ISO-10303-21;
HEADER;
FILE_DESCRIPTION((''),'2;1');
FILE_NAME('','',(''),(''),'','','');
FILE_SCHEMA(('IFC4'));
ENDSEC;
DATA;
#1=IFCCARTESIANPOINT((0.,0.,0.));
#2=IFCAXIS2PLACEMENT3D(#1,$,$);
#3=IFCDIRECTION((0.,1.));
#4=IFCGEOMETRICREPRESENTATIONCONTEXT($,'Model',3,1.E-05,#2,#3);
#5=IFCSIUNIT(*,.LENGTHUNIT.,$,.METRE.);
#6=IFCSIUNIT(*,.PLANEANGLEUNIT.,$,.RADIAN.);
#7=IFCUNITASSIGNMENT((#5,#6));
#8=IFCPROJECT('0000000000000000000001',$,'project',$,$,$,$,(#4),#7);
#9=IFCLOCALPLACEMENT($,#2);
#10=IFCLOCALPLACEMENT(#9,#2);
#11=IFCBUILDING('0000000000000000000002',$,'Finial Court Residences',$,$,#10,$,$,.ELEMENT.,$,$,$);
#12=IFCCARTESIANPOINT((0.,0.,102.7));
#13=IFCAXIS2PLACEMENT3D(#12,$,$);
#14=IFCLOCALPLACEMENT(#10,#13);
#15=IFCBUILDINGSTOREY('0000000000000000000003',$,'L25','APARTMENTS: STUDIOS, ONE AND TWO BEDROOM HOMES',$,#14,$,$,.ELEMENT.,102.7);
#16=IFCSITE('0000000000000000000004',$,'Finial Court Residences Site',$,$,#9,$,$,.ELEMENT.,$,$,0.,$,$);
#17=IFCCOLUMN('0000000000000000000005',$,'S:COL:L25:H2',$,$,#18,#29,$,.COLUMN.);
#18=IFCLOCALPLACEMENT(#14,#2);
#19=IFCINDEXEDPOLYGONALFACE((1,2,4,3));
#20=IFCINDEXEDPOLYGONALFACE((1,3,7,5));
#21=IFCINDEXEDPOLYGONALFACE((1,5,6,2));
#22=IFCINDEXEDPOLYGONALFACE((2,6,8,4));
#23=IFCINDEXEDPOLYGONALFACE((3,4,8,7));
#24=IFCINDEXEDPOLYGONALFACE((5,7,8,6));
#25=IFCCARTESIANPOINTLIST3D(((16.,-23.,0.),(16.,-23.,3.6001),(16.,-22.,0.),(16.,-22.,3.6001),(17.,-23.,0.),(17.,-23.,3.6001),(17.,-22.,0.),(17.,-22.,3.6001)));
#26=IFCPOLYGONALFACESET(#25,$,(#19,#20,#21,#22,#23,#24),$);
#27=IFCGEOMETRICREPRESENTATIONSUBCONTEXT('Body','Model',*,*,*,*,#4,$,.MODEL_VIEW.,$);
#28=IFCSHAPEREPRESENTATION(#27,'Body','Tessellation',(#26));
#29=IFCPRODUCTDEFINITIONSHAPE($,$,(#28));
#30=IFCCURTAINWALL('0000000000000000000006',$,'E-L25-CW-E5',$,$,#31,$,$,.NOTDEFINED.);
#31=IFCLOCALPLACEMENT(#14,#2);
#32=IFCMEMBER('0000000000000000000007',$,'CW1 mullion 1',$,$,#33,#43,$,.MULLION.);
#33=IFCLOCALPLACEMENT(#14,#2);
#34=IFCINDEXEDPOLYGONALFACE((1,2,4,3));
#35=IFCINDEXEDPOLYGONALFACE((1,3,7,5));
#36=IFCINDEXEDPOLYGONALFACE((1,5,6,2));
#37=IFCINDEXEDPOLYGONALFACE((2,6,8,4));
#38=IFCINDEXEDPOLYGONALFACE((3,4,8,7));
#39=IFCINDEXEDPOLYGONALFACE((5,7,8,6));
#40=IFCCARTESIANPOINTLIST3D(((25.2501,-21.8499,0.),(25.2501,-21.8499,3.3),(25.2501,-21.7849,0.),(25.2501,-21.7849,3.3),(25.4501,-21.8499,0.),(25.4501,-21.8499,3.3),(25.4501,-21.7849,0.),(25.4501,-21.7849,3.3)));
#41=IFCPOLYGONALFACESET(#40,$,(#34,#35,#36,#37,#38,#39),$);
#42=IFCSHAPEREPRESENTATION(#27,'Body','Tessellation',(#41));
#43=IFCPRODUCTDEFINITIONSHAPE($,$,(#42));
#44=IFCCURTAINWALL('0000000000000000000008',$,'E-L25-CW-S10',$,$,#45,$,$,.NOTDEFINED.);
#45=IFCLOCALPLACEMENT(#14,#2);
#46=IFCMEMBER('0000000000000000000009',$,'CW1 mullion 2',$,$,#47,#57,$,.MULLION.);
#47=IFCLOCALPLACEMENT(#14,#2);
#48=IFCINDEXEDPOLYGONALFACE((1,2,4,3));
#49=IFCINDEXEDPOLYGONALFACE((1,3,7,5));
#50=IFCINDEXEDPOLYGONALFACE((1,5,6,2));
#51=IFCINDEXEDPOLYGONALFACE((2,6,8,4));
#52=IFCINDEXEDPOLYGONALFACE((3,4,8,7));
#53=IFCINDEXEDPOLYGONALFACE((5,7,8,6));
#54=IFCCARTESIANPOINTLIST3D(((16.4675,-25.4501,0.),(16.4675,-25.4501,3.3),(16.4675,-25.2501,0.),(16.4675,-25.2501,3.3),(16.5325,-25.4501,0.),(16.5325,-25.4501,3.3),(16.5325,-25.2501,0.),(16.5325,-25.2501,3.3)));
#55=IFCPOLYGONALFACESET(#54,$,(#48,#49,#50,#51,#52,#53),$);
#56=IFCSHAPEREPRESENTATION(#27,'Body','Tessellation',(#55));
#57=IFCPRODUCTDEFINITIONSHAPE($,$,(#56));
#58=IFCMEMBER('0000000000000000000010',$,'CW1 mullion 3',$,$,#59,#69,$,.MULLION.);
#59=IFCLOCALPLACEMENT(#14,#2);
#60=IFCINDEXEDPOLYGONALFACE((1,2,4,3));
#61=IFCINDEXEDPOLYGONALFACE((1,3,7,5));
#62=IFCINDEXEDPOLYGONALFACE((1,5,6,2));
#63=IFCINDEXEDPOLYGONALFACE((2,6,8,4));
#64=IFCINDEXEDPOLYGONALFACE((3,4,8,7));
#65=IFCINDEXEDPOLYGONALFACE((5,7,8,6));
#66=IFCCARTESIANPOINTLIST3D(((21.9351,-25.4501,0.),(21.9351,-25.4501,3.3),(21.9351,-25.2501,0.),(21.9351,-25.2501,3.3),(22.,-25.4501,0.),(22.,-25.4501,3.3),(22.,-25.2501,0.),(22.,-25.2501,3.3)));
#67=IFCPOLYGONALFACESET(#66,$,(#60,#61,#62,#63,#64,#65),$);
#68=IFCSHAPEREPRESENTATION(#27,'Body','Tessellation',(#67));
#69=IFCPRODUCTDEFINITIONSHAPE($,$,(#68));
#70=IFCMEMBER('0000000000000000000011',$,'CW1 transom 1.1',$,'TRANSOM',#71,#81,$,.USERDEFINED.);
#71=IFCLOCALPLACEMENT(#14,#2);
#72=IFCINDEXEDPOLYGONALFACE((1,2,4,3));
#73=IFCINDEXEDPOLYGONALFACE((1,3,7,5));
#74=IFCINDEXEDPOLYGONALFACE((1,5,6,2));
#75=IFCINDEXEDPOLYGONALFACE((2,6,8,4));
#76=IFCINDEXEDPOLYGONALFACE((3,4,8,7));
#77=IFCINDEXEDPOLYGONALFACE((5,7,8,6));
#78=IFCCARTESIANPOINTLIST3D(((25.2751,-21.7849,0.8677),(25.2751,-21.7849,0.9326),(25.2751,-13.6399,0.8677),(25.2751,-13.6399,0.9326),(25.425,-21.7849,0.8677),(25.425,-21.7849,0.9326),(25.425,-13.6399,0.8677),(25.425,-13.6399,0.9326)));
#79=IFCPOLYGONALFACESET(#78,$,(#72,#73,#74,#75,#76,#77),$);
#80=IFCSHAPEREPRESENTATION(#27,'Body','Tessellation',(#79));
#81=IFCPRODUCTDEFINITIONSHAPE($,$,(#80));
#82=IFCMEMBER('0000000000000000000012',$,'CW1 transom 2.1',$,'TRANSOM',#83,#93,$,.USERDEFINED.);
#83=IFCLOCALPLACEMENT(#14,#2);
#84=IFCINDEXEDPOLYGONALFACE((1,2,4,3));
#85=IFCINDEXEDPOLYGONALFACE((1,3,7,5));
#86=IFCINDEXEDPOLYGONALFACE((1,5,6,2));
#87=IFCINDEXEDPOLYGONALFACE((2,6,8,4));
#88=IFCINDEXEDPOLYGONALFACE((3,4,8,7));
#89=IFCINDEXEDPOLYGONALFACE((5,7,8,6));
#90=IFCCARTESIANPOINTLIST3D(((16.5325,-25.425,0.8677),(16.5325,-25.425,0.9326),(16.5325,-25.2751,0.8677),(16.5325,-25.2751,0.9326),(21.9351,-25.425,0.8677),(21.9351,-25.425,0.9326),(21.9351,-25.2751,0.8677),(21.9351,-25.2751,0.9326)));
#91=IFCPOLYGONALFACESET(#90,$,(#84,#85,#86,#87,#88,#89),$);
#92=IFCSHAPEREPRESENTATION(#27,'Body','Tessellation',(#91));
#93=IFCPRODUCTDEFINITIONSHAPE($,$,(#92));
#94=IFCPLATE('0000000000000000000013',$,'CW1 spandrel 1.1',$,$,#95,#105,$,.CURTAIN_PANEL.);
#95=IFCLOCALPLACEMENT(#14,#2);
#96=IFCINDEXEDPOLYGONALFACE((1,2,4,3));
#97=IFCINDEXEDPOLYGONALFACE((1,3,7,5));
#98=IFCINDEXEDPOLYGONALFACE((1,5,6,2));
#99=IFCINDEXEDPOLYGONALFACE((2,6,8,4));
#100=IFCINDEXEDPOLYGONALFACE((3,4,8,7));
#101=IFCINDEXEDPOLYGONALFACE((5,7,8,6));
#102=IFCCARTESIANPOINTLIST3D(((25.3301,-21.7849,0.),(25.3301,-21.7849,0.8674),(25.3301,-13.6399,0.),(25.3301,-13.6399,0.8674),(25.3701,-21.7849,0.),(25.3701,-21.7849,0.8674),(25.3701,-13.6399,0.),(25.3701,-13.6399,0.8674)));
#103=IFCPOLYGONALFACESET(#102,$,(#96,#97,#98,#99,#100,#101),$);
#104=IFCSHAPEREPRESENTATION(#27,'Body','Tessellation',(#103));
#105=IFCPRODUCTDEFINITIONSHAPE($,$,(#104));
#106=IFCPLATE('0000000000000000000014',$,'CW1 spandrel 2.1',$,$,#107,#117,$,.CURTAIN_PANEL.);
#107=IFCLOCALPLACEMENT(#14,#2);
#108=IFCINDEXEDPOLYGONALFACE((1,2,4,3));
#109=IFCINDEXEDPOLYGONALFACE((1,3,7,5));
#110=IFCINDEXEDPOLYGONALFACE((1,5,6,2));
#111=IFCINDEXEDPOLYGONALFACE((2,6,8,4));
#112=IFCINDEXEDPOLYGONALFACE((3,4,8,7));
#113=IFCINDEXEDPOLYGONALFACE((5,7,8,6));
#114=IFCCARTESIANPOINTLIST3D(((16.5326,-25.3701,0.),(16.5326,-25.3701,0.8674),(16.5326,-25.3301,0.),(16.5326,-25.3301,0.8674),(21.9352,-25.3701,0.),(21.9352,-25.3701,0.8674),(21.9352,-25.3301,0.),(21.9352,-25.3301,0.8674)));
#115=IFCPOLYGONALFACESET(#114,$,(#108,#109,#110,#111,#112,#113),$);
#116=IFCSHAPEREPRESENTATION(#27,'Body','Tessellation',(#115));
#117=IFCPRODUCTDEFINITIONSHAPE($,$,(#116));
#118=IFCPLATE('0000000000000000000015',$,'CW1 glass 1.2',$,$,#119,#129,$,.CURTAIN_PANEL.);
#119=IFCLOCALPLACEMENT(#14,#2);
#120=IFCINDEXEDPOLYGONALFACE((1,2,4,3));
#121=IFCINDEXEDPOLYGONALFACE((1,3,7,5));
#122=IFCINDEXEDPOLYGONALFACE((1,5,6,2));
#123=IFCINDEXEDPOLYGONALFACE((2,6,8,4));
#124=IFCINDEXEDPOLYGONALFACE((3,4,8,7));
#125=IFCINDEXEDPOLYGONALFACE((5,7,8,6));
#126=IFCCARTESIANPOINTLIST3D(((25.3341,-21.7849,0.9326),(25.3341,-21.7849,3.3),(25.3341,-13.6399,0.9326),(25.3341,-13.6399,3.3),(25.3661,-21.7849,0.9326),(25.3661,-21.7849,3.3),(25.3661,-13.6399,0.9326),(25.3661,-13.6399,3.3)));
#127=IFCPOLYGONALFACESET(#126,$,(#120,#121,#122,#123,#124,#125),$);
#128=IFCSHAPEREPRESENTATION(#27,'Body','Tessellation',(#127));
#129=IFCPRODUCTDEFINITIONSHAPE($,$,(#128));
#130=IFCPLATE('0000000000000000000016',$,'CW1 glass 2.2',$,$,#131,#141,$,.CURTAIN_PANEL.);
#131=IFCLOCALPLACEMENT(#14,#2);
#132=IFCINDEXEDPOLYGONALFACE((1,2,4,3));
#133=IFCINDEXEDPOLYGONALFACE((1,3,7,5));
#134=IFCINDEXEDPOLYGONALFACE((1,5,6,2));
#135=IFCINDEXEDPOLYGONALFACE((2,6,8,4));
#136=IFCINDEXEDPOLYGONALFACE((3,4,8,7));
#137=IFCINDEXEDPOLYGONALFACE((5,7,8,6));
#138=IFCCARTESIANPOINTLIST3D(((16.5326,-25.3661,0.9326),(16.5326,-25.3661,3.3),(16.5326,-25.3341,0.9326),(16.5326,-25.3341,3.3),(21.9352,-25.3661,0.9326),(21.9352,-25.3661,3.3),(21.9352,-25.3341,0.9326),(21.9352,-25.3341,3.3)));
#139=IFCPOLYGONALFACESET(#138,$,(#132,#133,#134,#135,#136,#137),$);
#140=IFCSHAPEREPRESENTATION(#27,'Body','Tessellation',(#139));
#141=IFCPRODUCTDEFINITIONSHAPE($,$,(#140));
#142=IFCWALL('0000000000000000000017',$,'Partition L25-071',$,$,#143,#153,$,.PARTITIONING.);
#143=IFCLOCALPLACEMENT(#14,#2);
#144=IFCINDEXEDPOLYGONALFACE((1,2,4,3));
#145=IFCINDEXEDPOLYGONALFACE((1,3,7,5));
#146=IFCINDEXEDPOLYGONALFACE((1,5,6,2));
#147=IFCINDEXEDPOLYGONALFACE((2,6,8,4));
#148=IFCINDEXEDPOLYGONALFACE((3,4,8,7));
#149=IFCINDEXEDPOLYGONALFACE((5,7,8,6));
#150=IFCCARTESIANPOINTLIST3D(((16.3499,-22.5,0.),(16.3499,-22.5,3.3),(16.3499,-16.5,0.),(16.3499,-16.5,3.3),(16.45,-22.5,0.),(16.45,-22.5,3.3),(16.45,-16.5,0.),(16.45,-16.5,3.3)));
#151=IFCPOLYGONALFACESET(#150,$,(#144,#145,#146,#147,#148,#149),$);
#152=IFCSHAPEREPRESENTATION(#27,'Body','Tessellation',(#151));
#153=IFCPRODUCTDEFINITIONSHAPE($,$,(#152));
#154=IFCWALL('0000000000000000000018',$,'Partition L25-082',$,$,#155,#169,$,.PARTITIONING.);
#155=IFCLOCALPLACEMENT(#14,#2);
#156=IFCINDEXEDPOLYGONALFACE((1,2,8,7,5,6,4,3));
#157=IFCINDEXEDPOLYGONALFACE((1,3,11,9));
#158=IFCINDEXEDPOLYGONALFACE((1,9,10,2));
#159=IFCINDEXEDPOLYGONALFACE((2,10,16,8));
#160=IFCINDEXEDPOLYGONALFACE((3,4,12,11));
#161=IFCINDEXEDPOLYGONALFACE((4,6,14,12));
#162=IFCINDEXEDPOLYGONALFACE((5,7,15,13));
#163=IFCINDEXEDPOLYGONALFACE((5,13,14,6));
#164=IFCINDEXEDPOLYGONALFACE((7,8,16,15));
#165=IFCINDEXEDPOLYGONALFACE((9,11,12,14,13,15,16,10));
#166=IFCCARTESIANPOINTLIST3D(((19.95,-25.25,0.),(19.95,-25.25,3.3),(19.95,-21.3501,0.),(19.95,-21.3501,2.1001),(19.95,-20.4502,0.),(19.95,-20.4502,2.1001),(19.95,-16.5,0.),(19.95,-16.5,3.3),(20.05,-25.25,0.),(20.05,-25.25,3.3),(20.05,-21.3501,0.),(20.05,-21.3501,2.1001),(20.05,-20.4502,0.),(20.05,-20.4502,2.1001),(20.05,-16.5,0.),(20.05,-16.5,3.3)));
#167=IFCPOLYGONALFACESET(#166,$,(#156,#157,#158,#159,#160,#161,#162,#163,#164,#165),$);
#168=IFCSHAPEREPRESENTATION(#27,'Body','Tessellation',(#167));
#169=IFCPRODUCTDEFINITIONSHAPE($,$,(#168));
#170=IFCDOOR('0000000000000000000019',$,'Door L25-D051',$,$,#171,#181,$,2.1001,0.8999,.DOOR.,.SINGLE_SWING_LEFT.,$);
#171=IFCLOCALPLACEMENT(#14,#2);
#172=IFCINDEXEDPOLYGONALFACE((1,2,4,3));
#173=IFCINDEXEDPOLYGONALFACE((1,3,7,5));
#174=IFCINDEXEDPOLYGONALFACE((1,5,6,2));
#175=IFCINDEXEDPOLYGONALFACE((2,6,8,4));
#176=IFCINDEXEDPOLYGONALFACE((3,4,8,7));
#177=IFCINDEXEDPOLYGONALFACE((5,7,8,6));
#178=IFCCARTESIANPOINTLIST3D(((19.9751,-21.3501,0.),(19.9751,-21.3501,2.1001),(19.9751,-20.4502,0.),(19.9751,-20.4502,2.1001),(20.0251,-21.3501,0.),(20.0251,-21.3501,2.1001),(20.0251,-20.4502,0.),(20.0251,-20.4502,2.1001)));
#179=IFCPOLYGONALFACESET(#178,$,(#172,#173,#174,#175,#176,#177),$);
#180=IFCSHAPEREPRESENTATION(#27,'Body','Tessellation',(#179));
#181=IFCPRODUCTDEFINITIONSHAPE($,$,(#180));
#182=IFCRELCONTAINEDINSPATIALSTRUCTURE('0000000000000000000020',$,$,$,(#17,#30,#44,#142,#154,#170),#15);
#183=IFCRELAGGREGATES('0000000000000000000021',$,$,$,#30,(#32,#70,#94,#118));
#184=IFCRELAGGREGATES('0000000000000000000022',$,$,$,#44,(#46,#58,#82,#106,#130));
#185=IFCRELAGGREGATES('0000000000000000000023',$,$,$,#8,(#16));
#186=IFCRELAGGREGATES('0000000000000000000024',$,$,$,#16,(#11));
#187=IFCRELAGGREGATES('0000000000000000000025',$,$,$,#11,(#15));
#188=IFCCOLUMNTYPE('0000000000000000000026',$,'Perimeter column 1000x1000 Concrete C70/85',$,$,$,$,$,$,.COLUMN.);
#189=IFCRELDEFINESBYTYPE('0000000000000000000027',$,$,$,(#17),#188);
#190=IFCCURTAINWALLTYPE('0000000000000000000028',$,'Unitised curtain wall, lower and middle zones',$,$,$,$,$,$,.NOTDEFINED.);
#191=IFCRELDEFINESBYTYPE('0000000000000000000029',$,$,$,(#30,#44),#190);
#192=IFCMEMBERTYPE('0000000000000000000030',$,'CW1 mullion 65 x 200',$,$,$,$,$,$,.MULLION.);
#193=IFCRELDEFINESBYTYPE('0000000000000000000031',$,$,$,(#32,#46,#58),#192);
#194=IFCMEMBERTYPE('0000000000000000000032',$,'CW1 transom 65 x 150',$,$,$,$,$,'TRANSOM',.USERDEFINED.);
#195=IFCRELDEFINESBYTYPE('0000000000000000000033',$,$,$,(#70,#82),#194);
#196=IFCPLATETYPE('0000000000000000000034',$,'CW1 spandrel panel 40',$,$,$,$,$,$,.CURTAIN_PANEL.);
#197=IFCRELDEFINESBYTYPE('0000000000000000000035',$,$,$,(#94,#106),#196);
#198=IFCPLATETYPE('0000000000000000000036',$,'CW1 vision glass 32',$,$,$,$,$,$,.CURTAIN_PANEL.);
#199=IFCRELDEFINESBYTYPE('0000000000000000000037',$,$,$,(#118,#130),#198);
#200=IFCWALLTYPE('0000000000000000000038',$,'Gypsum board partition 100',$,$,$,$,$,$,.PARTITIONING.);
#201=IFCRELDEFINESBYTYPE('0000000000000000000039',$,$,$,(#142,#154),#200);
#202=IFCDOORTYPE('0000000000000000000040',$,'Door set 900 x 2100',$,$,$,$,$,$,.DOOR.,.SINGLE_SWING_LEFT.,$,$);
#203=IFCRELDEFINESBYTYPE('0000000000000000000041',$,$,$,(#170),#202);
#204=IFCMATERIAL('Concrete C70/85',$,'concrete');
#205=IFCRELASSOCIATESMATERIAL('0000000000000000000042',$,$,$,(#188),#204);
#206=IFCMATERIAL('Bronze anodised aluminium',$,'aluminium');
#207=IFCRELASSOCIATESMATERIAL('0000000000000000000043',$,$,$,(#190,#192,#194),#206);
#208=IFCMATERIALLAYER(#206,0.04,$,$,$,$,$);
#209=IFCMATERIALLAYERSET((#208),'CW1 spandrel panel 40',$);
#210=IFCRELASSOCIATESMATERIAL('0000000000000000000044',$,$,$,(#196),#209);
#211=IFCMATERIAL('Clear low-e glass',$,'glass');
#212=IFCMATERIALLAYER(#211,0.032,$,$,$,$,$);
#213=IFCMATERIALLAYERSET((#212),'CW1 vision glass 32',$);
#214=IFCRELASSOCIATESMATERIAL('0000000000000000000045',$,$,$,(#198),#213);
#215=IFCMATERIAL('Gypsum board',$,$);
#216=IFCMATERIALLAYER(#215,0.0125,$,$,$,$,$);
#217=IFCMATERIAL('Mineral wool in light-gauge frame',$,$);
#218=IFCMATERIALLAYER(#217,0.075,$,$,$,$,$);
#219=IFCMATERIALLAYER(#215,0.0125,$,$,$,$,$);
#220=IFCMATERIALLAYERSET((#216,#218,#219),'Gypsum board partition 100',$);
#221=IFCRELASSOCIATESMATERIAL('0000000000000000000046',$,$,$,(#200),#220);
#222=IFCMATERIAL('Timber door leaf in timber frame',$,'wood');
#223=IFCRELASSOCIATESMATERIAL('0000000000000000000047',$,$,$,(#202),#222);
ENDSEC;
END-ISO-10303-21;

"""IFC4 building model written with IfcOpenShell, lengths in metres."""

from ifc_helpers import new_model, si_unit, direction, frame, frame_2d, origin, origin_2d, place, context, subcontext, project, spatial, rectangle, extrude, material, layer, layer_set, material_profile, profile_set, type_object, element, fill, aggregate, save


model = new_model("IFC4")

# Units and contexts
model_context = context("Model", 3, precision=1e-05, world=origin(), true_north=direction((0.0, 1.0)))
body_context = subcontext(model_context, "Body", "Model", "MODEL_VIEW")
ifc_project = project(units=[si_unit("LENGTHUNIT", "METRE"), si_unit("PLANEANGLEUNIT", "RADIAN")], contexts=[model_context])

# Site, building, storey
site_placement = place(None, origin())
site = spatial("IfcSite", under=ifc_project, at=site_placement, Name="Finial Court Residences Site", CompositionType="ELEMENT", RefElevation=0.0)
building_placement = place(site_placement, origin())
building = spatial("IfcBuilding", under=site, at=building_placement, Name="Finial Court Residences", CompositionType="ELEMENT")
storey_placement = place(building_placement, frame((0.0, 0.0, 102.7)))
storey = spatial("IfcBuildingStorey", under=building, at=storey_placement, Name="L25", Description="APARTMENTS: STUDIOS, ONE AND TWO BEDROOM HOMES", CompositionType="ELEMENT", Elevation=102.7)

# Column
ifc_material_1 = material(Name="Concrete C70/85", Category="concrete")
ifc_material_profile_1 = material_profile(ifc_material_1, rectangle(XDim=1.0, YDim=1.0, at=origin_2d()), Name="1000x1000")
ifc_profile_set_1 = profile_set([ifc_material_profile_1], Name="Concrete C70/85")
column_type = type_object("IfcColumnType", Name="Perimeter column 1000x1000 Concrete C70/85", PredefinedType="COLUMN", material=ifc_profile_set_1)
column_placement = place(storey_placement, frame((16.5, -22.5, 0.0), z_axis=(0.0, 0.0, 1.0), x_axis=(1.0, 0.0, 0.0)))
element("IfcColumn", 1, at=column_placement, inside=storey, type_object=column_type, Name="S:COL:L25:H2", PredefinedType="COLUMN", context=body_context, shape_type="SweptSolid", body=[
    extrude(rectangle(XDim=1.0, YDim=1.0, at=origin_2d()), origin(), (0.0, 0.0, 1.0), 3.6001),
])

# Curtain wall, member
ifc_material_2 = material(Name="Bronze anodised aluminium", Category="aluminium")
curtain_wall_type = type_object("IfcCurtainWallType", Name="Unitised curtain wall, lower and middle zones", PredefinedType="NOTDEFINED", material=ifc_material_2)
curtain_wall_1_placement = place(storey_placement, origin())
curtain_wall_1 = element("IfcCurtainWall", 2, at=curtain_wall_1_placement, inside=storey, type_object=curtain_wall_type, Name="E-L25-CW-E5", PredefinedType="NOTDEFINED")
ifc_material_profile_2 = material_profile(ifc_material_2, rectangle(XDim=0.2, YDim=0.0649, at=origin_2d()), Name="CW1 mullion 65 x 200")
ifc_profile_set_2 = profile_set([ifc_material_profile_2], Name="Bronze anodised aluminium")
member_type_1 = type_object("IfcMemberType", Name="CW1 mullion 65 x 200", PredefinedType="MULLION", material=ifc_profile_set_2)
member_1_placement = place(storey_placement, frame((25.3501, -21.8174, 0.0), z_axis=(0.0, 0.0, 1.0), x_axis=(-1.0, 0.0, 0.0)))
member_1 = element("IfcMember", 3, at=member_1_placement, type_object=member_type_1, Name="CW1 mullion 1", PredefinedType="MULLION", context=body_context, shape_type="SweptSolid", body=[
    extrude(rectangle(XDim=0.2, YDim=0.0649, at=origin_2d()), origin(), (0.0, 0.0, 1.0), 3.3),
])

# Curtain wall, members
curtain_wall_2_placement = place(storey_placement, origin())
curtain_wall_2 = element("IfcCurtainWall", 4, at=curtain_wall_2_placement, inside=storey, type_object=curtain_wall_type, Name="E-L25-CW-S10", PredefinedType="NOTDEFINED")
member_2_placement = place(storey_placement, frame((16.5, -25.3501, 0.0), z_axis=(0.0, 0.0, 1.0), x_axis=(0.0, 1.0, 0.0)))
member_2 = element("IfcMember", 5, at=member_2_placement, type_object=member_type_1, Name="CW1 mullion 2", PredefinedType="MULLION", context=body_context, shape_type="SweptSolid", body=[
    extrude(rectangle(XDim=0.2, YDim=0.0649, at=origin_2d()), origin(), (0.0, 0.0, 1.0), 3.3),
])
member_3_placement = place(storey_placement, frame((21.9675, -25.3501, 0.0), z_axis=(0.0, 0.0, 1.0), x_axis=(0.0, 1.0, 0.0)))
member_3 = element("IfcMember", 6, at=member_3_placement, type_object=member_type_1, Name="CW1 mullion 3", PredefinedType="MULLION", context=body_context, shape_type="SweptSolid", body=[
    extrude(rectangle(XDim=0.2, YDim=0.0649, at=origin_2d()), origin(), (0.0, 0.0, 1.0), 3.3),
])

# Members
ifc_material_profile_3 = material_profile(ifc_material_2, rectangle(XDim=0.1499, YDim=0.0649, at=origin_2d()), Name="CW1 transom 65 x 150")
ifc_profile_set_3 = profile_set([ifc_material_profile_3], Name="Bronze anodised aluminium")
member_type_2 = type_object("IfcMemberType", Name="CW1 transom 65 x 150", ElementType="TRANSOM", PredefinedType="USERDEFINED", material=ifc_profile_set_3)
member_4_placement = place(storey_placement, frame((25.3501, -21.7849, 0.9001), z_axis=(0.0, 1.0, 0.0), x_axis=(-1.0, 0.0, 0.0)))
member_4 = element("IfcMember", 7, at=member_4_placement, type_object=member_type_2, Name="CW1 transom 1.1", ObjectType="TRANSOM", PredefinedType="USERDEFINED", context=body_context, shape_type="SweptSolid", body=[
    extrude(rectangle(XDim=0.1499, YDim=0.0649, at=origin_2d()), origin(), (0.0, 0.0, 1.0), 8.145),
])
member_5_placement = place(storey_placement, frame((16.5325, -25.3501, 0.9001), z_axis=(1.0, 0.0, 0.0), x_axis=(0.0, 1.0, 0.0)))
member_5 = element("IfcMember", 8, at=member_5_placement, type_object=member_type_2, Name="CW1 transom 2.1", ObjectType="TRANSOM", PredefinedType="USERDEFINED", context=body_context, shape_type="SweptSolid", body=[
    extrude(rectangle(XDim=0.1499, YDim=0.0649, at=origin_2d()), origin(), (0.0, 0.0, 1.0), 5.4026),
])

# Plates
ifc_layer_1 = layer(ifc_material_2, 0.04)
ifc_layer_set_1 = layer_set([ifc_layer_1], Name="CW1 spandrel panel 40")
plate_type_1 = type_object("IfcPlateType", Name="CW1 spandrel panel 40", PredefinedType="CURTAIN_PANEL", material=ifc_layer_set_1)
plate_1_placement = place(storey_placement, frame((25.3501, -17.7124, 0.0), z_axis=(0.0, 0.0, 1.0), x_axis=(0.0, 1.0, 0.0)))
plate_1 = element("IfcPlate", 9, at=plate_1_placement, type_object=plate_type_1, Name="CW1 spandrel 1.1", PredefinedType="CURTAIN_PANEL", context=body_context, shape_type="SweptSolid", body=[
    extrude(rectangle(XDim=8.145, YDim=0.04, at=origin_2d()), origin(), (0.0, 0.0, 1.0), 0.8674),
])
plate_2_placement = place(storey_placement, frame((19.2339, -25.3501, 0.0), z_axis=(0.0, 0.0, 1.0), x_axis=(1.0, 0.0, 0.0)))
plate_2 = element("IfcPlate", 10, at=plate_2_placement, type_object=plate_type_1, Name="CW1 spandrel 2.1", PredefinedType="CURTAIN_PANEL", context=body_context, shape_type="SweptSolid", body=[
    extrude(rectangle(XDim=5.4026, YDim=0.04, at=origin_2d()), origin(), (0.0, 0.0, 1.0), 0.8674),
])
ifc_material_3 = material(Name="Clear low-e glass", Category="glass")
ifc_layer_2 = layer(ifc_material_3, 0.032)
ifc_layer_set_2 = layer_set([ifc_layer_2], Name="CW1 vision glass 32")
plate_type_2 = type_object("IfcPlateType", Name="CW1 vision glass 32", PredefinedType="CURTAIN_PANEL", material=ifc_layer_set_2)
plate_3_placement = place(storey_placement, frame((25.3501, -17.7124, 0.9326), z_axis=(0.0, 0.0, 1.0), x_axis=(0.0, 1.0, 0.0)))
plate_3 = element("IfcPlate", 11, at=plate_3_placement, type_object=plate_type_2, Name="CW1 glass 1.2", PredefinedType="CURTAIN_PANEL", context=body_context, shape_type="SweptSolid", body=[
    extrude(rectangle(XDim=8.145, YDim=0.032, at=origin_2d()), origin(), (0.0, 0.0, 1.0), 2.3674),
])
aggregate(curtain_wall_1, [member_1, member_4, plate_1, plate_3])
plate_4_placement = place(storey_placement, frame((19.2339, -25.3501, 0.9326), z_axis=(0.0, 0.0, 1.0), x_axis=(1.0, 0.0, 0.0)))
plate_4 = element("IfcPlate", 12, at=plate_4_placement, type_object=plate_type_2, Name="CW1 glass 2.2", PredefinedType="CURTAIN_PANEL", context=body_context, shape_type="SweptSolid", body=[
    extrude(rectangle(XDim=5.4026, YDim=0.032, at=origin_2d()), origin(), (0.0, 0.0, 1.0), 2.3674),
])
aggregate(curtain_wall_2, [member_2, member_3, member_5, plate_2, plate_4])

# Wall
ifc_material_4 = material(Name="Gypsum board")
ifc_layer_3 = layer(ifc_material_4, 0.0125)
ifc_material_5 = material(Name="Mineral wool in light-gauge frame")
ifc_layer_4 = layer(ifc_material_5, 0.075)
ifc_layer_5 = layer(ifc_material_4, 0.0125)
ifc_layer_set_3 = layer_set([ifc_layer_3, ifc_layer_4, ifc_layer_5], Name="Gypsum board partition 100")
wall_type_1 = type_object("IfcWallType", Name="Gypsum board partition 100", PredefinedType="PARTITIONING", material=ifc_layer_set_3)
wall_1_placement = place(storey_placement, frame((16.3999, -22.5, 0.0), z_axis=(0.0, 0.0, 1.0), x_axis=(0.0, 1.0, 0.0)))
element("IfcWall", 13, at=wall_1_placement, inside=storey, type_object=wall_type_1, Name="Partition L25-071", PredefinedType="PARTITIONING", context=body_context, shape_type="SweptSolid", body=[
    extrude(rectangle(XDim=6.0, YDim=0.1001, at=frame_2d((3.0, 0.0))), origin(), (0.0, 0.0, 1.0), 3.3),
])

# Wall, opening, door
wall_2_placement = place(storey_placement, frame((20.0, -25.25, 0.0), z_axis=(0.0, 0.0, 1.0), x_axis=(0.0, 1.0, 0.0)))
wall_2 = element("IfcWall", 14, at=wall_2_placement, inside=storey, type_object=wall_type_1, Name="Partition L25-082", PredefinedType="PARTITIONING", context=body_context, shape_type="SweptSolid", body=[
    extrude(rectangle(XDim=8.75, YDim=0.1001, at=frame_2d((4.375, 0.0))), origin(), (0.0, 0.0, 1.0), 3.3),
])
opening_1_placement = place(wall_2_placement, frame((3.8999, 0.0, 0.0)))
opening_1 = element("IfcOpeningElement", 15, at=opening_1_placement, cuts=wall_2, PredefinedType="OPENING", context=body_context, shape_type="SweptSolid", body=[
    extrude(rectangle(XDim=0.8999, YDim=2.1001, at=frame_2d((0.45, 1.05))), frame((0.0, 0.0601, 0.0), z_axis=(0.0, -1.0, 0.0), x_axis=(1.0, 0.0, 0.0)), (0.0, 0.0, 1.0), 0.1201),
])
ifc_material_6 = material(Name="Timber door leaf in timber frame", Category="wood")
door_type = type_object("IfcDoorType", Name="Door set 900 x 2100", OperationType="SINGLE_SWING_LEFT", PredefinedType="DOOR", material=ifc_material_6)
door_1_placement = place(opening_1_placement, origin())
door_1 = element("IfcDoor", 16, at=door_1_placement, inside=storey, type_object=door_type, Name="Door L25-D051", OperationType="SINGLE_SWING_LEFT", OverallHeight=2.1001, OverallWidth=0.8999, PredefinedType="DOOR", context=body_context, shape_type="SweptSolid", body=[
    extrude(rectangle(XDim=0.8999, YDim=2.1001, at=frame_2d((0.45, 1.05))), frame((0.0, 0.0249, 0.0), z_axis=(0.0, -1.0, 0.0), x_axis=(1.0, 0.0, 0.0)), (0.0, 0.0, 1.0), 0.05),
])
fill(opening_1, door_1)

save(model, "model.ifc")
